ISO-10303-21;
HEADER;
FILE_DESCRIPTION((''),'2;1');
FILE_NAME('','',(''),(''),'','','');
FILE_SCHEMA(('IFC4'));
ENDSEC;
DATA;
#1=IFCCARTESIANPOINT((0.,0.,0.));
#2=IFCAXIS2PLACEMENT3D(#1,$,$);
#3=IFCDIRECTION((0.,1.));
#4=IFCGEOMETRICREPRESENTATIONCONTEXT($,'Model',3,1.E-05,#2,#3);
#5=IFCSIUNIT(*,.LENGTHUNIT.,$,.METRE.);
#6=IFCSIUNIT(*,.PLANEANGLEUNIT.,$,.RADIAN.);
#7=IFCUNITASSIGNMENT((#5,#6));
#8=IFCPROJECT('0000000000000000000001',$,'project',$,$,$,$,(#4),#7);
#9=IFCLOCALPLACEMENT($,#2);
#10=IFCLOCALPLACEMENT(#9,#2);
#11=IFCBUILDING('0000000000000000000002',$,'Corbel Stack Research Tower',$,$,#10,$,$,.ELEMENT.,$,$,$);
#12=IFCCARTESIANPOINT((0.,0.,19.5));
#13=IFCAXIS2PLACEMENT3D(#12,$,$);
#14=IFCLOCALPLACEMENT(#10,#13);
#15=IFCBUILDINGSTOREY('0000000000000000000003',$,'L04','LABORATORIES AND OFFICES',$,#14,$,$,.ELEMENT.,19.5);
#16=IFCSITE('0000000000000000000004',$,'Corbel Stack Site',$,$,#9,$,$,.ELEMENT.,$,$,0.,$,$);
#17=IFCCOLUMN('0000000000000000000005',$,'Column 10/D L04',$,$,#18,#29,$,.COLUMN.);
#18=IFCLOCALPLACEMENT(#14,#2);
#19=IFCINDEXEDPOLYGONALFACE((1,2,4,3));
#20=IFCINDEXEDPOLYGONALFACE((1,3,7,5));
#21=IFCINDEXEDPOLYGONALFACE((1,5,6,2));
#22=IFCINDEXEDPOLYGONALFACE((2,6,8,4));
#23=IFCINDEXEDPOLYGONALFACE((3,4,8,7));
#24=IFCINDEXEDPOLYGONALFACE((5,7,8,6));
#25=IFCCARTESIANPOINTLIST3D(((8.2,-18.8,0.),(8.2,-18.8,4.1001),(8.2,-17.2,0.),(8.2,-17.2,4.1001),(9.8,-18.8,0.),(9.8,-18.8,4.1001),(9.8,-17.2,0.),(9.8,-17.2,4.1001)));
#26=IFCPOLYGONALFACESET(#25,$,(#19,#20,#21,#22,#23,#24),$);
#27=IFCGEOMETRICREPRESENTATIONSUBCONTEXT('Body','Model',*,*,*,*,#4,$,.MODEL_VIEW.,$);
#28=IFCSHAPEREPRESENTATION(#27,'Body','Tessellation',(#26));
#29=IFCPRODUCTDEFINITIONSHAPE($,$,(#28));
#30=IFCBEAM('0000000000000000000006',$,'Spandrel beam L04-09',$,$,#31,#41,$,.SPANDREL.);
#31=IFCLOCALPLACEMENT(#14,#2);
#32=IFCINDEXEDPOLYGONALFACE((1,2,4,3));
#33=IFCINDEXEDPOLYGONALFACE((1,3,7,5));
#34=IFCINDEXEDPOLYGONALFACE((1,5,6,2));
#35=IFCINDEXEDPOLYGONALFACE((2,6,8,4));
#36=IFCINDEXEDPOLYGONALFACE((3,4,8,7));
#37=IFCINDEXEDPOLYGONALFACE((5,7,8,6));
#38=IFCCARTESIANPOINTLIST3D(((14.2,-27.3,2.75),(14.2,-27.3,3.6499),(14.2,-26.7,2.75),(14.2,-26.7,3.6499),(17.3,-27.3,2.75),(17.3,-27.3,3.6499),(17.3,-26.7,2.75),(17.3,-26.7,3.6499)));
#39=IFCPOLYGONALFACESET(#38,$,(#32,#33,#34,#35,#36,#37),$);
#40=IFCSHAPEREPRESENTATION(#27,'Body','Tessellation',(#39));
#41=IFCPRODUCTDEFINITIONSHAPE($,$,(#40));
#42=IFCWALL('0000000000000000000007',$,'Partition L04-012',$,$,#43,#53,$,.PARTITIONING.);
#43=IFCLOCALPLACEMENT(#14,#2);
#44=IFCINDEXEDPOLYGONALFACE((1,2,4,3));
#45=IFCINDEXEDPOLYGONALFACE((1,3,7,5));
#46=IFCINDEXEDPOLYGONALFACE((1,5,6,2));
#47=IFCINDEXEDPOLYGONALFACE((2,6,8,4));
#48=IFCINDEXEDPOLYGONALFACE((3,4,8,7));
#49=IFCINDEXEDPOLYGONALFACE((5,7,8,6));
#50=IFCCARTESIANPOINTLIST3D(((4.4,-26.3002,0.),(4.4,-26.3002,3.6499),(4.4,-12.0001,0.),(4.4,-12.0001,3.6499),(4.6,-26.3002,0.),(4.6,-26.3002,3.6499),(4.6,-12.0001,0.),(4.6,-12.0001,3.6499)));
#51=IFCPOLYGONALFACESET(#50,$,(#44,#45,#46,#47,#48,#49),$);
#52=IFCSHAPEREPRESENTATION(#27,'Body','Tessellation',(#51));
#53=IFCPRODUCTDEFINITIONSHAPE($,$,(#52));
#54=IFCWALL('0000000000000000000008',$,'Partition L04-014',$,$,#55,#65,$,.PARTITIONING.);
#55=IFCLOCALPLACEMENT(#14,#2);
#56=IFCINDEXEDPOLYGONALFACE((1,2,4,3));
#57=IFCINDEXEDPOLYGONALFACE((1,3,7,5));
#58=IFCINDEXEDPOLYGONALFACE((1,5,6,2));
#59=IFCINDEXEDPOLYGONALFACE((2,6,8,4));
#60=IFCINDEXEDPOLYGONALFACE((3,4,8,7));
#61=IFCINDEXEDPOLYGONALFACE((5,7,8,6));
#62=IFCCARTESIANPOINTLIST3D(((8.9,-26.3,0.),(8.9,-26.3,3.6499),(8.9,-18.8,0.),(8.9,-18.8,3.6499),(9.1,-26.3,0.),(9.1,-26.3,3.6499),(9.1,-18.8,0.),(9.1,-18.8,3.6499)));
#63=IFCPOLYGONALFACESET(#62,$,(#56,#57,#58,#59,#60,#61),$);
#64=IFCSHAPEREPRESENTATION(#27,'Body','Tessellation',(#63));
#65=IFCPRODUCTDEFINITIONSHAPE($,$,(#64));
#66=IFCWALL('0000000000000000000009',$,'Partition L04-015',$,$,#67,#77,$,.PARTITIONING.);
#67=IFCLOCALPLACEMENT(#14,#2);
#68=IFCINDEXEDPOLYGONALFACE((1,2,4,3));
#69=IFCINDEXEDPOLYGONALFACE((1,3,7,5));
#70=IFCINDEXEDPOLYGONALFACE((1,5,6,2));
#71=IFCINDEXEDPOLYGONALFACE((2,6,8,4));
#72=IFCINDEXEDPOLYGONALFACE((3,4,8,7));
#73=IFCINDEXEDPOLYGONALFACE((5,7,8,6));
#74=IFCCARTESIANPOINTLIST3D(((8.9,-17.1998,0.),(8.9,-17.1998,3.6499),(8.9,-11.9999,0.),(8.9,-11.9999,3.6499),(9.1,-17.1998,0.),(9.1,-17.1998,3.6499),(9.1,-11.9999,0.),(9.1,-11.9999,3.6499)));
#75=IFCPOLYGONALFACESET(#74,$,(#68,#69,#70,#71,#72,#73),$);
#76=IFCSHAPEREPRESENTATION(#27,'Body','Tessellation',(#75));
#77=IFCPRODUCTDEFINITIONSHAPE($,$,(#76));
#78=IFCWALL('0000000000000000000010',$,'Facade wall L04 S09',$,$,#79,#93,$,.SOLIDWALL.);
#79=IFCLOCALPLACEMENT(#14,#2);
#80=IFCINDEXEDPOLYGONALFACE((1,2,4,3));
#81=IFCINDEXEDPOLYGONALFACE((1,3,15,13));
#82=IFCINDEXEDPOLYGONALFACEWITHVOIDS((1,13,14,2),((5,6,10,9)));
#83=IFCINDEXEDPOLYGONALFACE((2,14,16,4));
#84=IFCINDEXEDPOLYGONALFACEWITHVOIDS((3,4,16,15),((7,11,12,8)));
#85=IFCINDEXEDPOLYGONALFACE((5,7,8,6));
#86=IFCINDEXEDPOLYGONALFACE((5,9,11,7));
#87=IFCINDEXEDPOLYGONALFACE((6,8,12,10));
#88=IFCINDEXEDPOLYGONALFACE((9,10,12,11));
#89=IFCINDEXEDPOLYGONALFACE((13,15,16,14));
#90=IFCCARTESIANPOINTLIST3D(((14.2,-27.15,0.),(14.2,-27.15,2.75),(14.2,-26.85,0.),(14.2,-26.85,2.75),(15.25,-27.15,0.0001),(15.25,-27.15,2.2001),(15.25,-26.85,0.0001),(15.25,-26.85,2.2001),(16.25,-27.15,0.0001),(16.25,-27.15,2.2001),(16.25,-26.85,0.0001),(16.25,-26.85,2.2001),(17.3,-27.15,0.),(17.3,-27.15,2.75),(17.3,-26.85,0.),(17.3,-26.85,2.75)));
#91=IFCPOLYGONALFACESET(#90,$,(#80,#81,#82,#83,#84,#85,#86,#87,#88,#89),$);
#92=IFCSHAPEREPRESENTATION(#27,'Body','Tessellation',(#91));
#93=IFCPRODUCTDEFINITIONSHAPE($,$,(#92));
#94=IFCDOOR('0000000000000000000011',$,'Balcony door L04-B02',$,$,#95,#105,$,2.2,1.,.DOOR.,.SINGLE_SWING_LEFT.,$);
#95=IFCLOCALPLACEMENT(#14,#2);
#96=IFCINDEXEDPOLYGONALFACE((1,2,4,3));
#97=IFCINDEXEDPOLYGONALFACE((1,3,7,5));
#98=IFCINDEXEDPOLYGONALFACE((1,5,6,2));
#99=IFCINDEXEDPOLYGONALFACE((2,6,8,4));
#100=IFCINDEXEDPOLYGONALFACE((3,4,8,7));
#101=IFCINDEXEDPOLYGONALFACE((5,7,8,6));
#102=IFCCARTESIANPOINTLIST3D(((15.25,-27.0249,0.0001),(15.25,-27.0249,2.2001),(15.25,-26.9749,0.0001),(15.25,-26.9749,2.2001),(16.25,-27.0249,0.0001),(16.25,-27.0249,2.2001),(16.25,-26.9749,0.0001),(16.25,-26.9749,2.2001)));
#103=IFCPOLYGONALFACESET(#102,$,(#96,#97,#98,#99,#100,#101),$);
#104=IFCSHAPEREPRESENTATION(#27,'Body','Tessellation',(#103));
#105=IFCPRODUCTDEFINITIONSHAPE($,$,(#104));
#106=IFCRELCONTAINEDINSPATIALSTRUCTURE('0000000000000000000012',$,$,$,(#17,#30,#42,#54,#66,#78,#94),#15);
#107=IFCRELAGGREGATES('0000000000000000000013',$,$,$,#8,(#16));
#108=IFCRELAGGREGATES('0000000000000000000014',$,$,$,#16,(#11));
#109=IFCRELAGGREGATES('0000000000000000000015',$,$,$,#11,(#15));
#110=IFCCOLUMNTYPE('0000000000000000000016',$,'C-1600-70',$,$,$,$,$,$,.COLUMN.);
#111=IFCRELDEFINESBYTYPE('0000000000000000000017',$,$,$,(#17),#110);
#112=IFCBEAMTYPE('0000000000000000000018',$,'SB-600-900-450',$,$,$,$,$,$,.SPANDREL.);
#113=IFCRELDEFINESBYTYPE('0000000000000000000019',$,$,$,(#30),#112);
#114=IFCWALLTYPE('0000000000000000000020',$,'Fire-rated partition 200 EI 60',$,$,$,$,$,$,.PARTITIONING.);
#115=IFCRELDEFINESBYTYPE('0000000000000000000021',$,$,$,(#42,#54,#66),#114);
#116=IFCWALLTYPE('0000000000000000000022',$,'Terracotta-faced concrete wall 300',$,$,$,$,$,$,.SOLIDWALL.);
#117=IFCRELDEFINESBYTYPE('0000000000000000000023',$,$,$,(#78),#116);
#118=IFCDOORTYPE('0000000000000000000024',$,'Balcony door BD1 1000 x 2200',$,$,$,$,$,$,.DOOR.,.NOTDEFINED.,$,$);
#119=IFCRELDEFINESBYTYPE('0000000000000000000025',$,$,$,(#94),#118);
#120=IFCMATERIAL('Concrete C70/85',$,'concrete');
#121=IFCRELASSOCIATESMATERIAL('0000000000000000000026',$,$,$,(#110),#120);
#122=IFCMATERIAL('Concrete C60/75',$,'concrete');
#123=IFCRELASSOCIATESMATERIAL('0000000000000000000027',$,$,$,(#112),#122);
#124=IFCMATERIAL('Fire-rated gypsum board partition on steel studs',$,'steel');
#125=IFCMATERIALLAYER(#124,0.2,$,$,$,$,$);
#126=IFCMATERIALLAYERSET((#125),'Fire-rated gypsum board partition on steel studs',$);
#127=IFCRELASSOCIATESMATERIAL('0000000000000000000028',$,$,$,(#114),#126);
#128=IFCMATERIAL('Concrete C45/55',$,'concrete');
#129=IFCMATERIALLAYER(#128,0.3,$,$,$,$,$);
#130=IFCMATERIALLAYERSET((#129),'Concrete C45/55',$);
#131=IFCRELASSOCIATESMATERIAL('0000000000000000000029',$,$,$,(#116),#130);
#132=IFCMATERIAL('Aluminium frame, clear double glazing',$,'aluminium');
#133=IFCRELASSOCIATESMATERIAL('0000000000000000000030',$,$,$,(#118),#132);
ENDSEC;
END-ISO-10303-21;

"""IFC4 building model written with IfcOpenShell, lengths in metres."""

from ifc_helpers import new_model, si_unit, direction, frame, frame_2d, origin, origin_2d, place, context, subcontext, project, spatial, rectangle, extrude, material, layer, layer_set, material_profile, profile_set, type_object, element, fill, save


model = new_model("IFC4")

# Units and contexts
model_context = context("Model", 3, precision=1e-05, world=origin(), true_north=direction((0.0, 1.0)))
body_context = subcontext(model_context, "Body", "Model", "MODEL_VIEW")
ifc_project = project(units=[si_unit("LENGTHUNIT", "METRE"), si_unit("PLANEANGLEUNIT", "RADIAN")], contexts=[model_context])

# Site, building, storey
site_placement = place(None, origin())
site = spatial("IfcSite", under=ifc_project, at=site_placement, Name="Corbel Stack Site", CompositionType="ELEMENT", RefElevation=0.0)
building_placement = place(site_placement, origin())
building = spatial("IfcBuilding", under=site, at=building_placement, Name="Corbel Stack Research Tower", CompositionType="ELEMENT")
storey_placement = place(building_placement, frame((0.0, 0.0, 19.5)))
storey = spatial("IfcBuildingStorey", under=building, at=storey_placement, Name="L04", Description="LABORATORIES AND OFFICES", CompositionType="ELEMENT", Elevation=19.5)

# Column
ifc_material_1 = material(Name="Concrete C70/85", Category="concrete")
ifc_material_profile_1 = material_profile(ifc_material_1, rectangle(XDim=1.6001, YDim=1.6001, at=origin_2d()), Name="RC 1600 x 1600")
ifc_profile_set_1 = profile_set([ifc_material_profile_1], Name="Concrete C70/85")
column_type = type_object("IfcColumnType", Name="C-1600-70", PredefinedType="COLUMN", material=ifc_profile_set_1)
column_placement = place(storey_placement, frame((9.0, -18.0, 0.0), z_axis=(0.0, 0.0, 1.0), x_axis=(1.0, 0.0, 0.0)))
element("IfcColumn", 1, at=column_placement, inside=storey, type_object=column_type, Name="Column 10/D L04", PredefinedType="COLUMN", context=body_context, shape_type="SweptSolid", body=[
    extrude(rectangle(XDim=1.6001, YDim=1.6001, at=origin_2d()), origin(), (0.0, 0.0, 1.0), 4.1001),
])

# Beam
ifc_material_2 = material(Name="Concrete C60/75", Category="concrete")
ifc_material_profile_2 = material_profile(ifc_material_2, rectangle(XDim=0.6001, YDim=0.8999, at=origin_2d()), Name="RC 600 x 900")
ifc_profile_set_2 = profile_set([ifc_material_profile_2], Name="Concrete C60/75")
beam_type = type_object("IfcBeamType", Name="SB-600-900-450", PredefinedType="SPANDREL", material=ifc_profile_set_2)
beam_placement = place(storey_placement, frame((14.2, -27.0, 3.2), z_axis=(1.0, 0.0, 0.0), x_axis=(0.0, 1.0, 0.0)))
element("IfcBeam", 2, at=beam_placement, inside=storey, type_object=beam_type, Name="Spandrel beam L04-09", PredefinedType="SPANDREL", context=body_context, shape_type="SweptSolid", body=[
    extrude(rectangle(XDim=0.6001, YDim=0.8999, at=origin_2d()), origin(), (0.0, 0.0, 1.0), 3.1001),
])

# Walls
ifc_material_3 = material(Name="Fire-rated gypsum board partition on steel studs", Category="steel")
ifc_layer_1 = layer(ifc_material_3, 0.2)
ifc_layer_set_1 = layer_set([ifc_layer_1], Name="Fire-rated gypsum board partition on steel studs")
wall_type_1 = type_object("IfcWallType", Name="Fire-rated partition 200 EI 60", PredefinedType="PARTITIONING", material=ifc_layer_set_1)
wall_1_placement = place(storey_placement, frame((4.5, -26.3, 0.0), z_axis=(0.0, 0.0, 1.0), x_axis=(0.0, 1.0, 0.0)))
element("IfcWall", 3, at=wall_1_placement, inside=storey, type_object=wall_type_1, Name="Partition L04-012", PredefinedType="PARTITIONING", context=body_context, shape_type="SweptSolid", body=[
    extrude(rectangle(XDim=14.3, YDim=0.2, at=frame_2d((7.1499, 0.0))), origin(), (0.0, 0.0, 1.0), 3.6499),
])
wall_2_placement = place(storey_placement, frame((9.0, -26.3, 0.0), z_axis=(0.0, 0.0, 1.0), x_axis=(0.0, 1.0, 0.0)))
element("IfcWall", 4, at=wall_2_placement, inside=storey, type_object=wall_type_1, Name="Partition L04-014", PredefinedType="PARTITIONING", context=body_context, shape_type="SweptSolid", body=[
    extrude(rectangle(XDim=7.5, YDim=0.2, at=frame_2d((3.75, 0.0))), origin(), (0.0, 0.0, 1.0), 3.6499),
])
wall_3_placement = place(storey_placement, frame((9.0, -17.2, 0.0), z_axis=(0.0, 0.0, 1.0), x_axis=(0.0, 1.0, 0.0)))
element("IfcWall", 5, at=wall_3_placement, inside=storey, type_object=wall_type_1, Name="Partition L04-015", PredefinedType="PARTITIONING", context=body_context, shape_type="SweptSolid", body=[
    extrude(rectangle(XDim=5.2, YDim=0.2, at=frame_2d((2.6001, 0.0))), origin(), (0.0, 0.0, 1.0), 3.6499),
])

# Wall, opening, door
ifc_material_4 = material(Name="Concrete C45/55", Category="concrete")
ifc_layer_2 = layer(ifc_material_4, 0.3)
ifc_layer_set_2 = layer_set([ifc_layer_2], Name="Concrete C45/55")
wall_type_2 = type_object("IfcWallType", Name="Terracotta-faced concrete wall 300", PredefinedType="SOLIDWALL", material=ifc_layer_set_2)
wall_4_placement = place(storey_placement, frame((17.3, -27.0, 0.0), z_axis=(0.0, 0.0, 1.0), x_axis=(-1.0, 0.0, 0.0)))
wall_4 = element("IfcWall", 6, at=wall_4_placement, inside=storey, type_object=wall_type_2, Name="Facade wall L04 S09", PredefinedType="SOLIDWALL", context=body_context, shape_type="SweptSolid", body=[
    extrude(rectangle(XDim=3.1001, YDim=0.3, at=frame_2d((1.55, 0.0))), origin(), (0.0, 0.0, 1.0), 2.75),
])
opening_1_placement = place(wall_4_placement, frame((1.05, 0.0, 0.0)))
opening_1 = element("IfcOpeningElement", 7, at=opening_1_placement, cuts=wall_4, PredefinedType="OPENING", context=body_context, shape_type="SweptSolid", body=[
    extrude(rectangle(XDim=1.0, YDim=2.2, at=frame_2d((0.5, 1.1001))), frame((0.0, 0.1599, 0.0), z_axis=(0.0, -1.0, 0.0), x_axis=(1.0, 0.0, 0.0)), (0.0, 0.0, 1.0), 0.3201),
])
ifc_material_5 = material(Name="Aluminium frame, clear double glazing", Category="aluminium")
door_type_1 = type_object("IfcDoorType", Name="Balcony door BD1 1000 x 2200", OperationType="NOTDEFINED", PredefinedType="DOOR", material=ifc_material_5)
door_1_placement = place(opening_1_placement, origin())
door_1 = element("IfcDoor", 8, at=door_1_placement, inside=storey, type_object=door_type_1, Name="Balcony door L04-B02", OperationType="SINGLE_SWING_LEFT", OverallHeight=2.2, OverallWidth=1.0, PredefinedType="DOOR", context=body_context, shape_type="SweptSolid", body=[
    extrude(rectangle(XDim=1.0, YDim=2.2, at=frame_2d((0.5, 1.1001))), frame((0.0, 0.0249, 0.0), z_axis=(0.0, -1.0, 0.0), x_axis=(1.0, 0.0, 0.0)), (0.0, 0.0, 1.0), 0.05),
])
fill(opening_1, door_1)

save(model, "model.ifc")
